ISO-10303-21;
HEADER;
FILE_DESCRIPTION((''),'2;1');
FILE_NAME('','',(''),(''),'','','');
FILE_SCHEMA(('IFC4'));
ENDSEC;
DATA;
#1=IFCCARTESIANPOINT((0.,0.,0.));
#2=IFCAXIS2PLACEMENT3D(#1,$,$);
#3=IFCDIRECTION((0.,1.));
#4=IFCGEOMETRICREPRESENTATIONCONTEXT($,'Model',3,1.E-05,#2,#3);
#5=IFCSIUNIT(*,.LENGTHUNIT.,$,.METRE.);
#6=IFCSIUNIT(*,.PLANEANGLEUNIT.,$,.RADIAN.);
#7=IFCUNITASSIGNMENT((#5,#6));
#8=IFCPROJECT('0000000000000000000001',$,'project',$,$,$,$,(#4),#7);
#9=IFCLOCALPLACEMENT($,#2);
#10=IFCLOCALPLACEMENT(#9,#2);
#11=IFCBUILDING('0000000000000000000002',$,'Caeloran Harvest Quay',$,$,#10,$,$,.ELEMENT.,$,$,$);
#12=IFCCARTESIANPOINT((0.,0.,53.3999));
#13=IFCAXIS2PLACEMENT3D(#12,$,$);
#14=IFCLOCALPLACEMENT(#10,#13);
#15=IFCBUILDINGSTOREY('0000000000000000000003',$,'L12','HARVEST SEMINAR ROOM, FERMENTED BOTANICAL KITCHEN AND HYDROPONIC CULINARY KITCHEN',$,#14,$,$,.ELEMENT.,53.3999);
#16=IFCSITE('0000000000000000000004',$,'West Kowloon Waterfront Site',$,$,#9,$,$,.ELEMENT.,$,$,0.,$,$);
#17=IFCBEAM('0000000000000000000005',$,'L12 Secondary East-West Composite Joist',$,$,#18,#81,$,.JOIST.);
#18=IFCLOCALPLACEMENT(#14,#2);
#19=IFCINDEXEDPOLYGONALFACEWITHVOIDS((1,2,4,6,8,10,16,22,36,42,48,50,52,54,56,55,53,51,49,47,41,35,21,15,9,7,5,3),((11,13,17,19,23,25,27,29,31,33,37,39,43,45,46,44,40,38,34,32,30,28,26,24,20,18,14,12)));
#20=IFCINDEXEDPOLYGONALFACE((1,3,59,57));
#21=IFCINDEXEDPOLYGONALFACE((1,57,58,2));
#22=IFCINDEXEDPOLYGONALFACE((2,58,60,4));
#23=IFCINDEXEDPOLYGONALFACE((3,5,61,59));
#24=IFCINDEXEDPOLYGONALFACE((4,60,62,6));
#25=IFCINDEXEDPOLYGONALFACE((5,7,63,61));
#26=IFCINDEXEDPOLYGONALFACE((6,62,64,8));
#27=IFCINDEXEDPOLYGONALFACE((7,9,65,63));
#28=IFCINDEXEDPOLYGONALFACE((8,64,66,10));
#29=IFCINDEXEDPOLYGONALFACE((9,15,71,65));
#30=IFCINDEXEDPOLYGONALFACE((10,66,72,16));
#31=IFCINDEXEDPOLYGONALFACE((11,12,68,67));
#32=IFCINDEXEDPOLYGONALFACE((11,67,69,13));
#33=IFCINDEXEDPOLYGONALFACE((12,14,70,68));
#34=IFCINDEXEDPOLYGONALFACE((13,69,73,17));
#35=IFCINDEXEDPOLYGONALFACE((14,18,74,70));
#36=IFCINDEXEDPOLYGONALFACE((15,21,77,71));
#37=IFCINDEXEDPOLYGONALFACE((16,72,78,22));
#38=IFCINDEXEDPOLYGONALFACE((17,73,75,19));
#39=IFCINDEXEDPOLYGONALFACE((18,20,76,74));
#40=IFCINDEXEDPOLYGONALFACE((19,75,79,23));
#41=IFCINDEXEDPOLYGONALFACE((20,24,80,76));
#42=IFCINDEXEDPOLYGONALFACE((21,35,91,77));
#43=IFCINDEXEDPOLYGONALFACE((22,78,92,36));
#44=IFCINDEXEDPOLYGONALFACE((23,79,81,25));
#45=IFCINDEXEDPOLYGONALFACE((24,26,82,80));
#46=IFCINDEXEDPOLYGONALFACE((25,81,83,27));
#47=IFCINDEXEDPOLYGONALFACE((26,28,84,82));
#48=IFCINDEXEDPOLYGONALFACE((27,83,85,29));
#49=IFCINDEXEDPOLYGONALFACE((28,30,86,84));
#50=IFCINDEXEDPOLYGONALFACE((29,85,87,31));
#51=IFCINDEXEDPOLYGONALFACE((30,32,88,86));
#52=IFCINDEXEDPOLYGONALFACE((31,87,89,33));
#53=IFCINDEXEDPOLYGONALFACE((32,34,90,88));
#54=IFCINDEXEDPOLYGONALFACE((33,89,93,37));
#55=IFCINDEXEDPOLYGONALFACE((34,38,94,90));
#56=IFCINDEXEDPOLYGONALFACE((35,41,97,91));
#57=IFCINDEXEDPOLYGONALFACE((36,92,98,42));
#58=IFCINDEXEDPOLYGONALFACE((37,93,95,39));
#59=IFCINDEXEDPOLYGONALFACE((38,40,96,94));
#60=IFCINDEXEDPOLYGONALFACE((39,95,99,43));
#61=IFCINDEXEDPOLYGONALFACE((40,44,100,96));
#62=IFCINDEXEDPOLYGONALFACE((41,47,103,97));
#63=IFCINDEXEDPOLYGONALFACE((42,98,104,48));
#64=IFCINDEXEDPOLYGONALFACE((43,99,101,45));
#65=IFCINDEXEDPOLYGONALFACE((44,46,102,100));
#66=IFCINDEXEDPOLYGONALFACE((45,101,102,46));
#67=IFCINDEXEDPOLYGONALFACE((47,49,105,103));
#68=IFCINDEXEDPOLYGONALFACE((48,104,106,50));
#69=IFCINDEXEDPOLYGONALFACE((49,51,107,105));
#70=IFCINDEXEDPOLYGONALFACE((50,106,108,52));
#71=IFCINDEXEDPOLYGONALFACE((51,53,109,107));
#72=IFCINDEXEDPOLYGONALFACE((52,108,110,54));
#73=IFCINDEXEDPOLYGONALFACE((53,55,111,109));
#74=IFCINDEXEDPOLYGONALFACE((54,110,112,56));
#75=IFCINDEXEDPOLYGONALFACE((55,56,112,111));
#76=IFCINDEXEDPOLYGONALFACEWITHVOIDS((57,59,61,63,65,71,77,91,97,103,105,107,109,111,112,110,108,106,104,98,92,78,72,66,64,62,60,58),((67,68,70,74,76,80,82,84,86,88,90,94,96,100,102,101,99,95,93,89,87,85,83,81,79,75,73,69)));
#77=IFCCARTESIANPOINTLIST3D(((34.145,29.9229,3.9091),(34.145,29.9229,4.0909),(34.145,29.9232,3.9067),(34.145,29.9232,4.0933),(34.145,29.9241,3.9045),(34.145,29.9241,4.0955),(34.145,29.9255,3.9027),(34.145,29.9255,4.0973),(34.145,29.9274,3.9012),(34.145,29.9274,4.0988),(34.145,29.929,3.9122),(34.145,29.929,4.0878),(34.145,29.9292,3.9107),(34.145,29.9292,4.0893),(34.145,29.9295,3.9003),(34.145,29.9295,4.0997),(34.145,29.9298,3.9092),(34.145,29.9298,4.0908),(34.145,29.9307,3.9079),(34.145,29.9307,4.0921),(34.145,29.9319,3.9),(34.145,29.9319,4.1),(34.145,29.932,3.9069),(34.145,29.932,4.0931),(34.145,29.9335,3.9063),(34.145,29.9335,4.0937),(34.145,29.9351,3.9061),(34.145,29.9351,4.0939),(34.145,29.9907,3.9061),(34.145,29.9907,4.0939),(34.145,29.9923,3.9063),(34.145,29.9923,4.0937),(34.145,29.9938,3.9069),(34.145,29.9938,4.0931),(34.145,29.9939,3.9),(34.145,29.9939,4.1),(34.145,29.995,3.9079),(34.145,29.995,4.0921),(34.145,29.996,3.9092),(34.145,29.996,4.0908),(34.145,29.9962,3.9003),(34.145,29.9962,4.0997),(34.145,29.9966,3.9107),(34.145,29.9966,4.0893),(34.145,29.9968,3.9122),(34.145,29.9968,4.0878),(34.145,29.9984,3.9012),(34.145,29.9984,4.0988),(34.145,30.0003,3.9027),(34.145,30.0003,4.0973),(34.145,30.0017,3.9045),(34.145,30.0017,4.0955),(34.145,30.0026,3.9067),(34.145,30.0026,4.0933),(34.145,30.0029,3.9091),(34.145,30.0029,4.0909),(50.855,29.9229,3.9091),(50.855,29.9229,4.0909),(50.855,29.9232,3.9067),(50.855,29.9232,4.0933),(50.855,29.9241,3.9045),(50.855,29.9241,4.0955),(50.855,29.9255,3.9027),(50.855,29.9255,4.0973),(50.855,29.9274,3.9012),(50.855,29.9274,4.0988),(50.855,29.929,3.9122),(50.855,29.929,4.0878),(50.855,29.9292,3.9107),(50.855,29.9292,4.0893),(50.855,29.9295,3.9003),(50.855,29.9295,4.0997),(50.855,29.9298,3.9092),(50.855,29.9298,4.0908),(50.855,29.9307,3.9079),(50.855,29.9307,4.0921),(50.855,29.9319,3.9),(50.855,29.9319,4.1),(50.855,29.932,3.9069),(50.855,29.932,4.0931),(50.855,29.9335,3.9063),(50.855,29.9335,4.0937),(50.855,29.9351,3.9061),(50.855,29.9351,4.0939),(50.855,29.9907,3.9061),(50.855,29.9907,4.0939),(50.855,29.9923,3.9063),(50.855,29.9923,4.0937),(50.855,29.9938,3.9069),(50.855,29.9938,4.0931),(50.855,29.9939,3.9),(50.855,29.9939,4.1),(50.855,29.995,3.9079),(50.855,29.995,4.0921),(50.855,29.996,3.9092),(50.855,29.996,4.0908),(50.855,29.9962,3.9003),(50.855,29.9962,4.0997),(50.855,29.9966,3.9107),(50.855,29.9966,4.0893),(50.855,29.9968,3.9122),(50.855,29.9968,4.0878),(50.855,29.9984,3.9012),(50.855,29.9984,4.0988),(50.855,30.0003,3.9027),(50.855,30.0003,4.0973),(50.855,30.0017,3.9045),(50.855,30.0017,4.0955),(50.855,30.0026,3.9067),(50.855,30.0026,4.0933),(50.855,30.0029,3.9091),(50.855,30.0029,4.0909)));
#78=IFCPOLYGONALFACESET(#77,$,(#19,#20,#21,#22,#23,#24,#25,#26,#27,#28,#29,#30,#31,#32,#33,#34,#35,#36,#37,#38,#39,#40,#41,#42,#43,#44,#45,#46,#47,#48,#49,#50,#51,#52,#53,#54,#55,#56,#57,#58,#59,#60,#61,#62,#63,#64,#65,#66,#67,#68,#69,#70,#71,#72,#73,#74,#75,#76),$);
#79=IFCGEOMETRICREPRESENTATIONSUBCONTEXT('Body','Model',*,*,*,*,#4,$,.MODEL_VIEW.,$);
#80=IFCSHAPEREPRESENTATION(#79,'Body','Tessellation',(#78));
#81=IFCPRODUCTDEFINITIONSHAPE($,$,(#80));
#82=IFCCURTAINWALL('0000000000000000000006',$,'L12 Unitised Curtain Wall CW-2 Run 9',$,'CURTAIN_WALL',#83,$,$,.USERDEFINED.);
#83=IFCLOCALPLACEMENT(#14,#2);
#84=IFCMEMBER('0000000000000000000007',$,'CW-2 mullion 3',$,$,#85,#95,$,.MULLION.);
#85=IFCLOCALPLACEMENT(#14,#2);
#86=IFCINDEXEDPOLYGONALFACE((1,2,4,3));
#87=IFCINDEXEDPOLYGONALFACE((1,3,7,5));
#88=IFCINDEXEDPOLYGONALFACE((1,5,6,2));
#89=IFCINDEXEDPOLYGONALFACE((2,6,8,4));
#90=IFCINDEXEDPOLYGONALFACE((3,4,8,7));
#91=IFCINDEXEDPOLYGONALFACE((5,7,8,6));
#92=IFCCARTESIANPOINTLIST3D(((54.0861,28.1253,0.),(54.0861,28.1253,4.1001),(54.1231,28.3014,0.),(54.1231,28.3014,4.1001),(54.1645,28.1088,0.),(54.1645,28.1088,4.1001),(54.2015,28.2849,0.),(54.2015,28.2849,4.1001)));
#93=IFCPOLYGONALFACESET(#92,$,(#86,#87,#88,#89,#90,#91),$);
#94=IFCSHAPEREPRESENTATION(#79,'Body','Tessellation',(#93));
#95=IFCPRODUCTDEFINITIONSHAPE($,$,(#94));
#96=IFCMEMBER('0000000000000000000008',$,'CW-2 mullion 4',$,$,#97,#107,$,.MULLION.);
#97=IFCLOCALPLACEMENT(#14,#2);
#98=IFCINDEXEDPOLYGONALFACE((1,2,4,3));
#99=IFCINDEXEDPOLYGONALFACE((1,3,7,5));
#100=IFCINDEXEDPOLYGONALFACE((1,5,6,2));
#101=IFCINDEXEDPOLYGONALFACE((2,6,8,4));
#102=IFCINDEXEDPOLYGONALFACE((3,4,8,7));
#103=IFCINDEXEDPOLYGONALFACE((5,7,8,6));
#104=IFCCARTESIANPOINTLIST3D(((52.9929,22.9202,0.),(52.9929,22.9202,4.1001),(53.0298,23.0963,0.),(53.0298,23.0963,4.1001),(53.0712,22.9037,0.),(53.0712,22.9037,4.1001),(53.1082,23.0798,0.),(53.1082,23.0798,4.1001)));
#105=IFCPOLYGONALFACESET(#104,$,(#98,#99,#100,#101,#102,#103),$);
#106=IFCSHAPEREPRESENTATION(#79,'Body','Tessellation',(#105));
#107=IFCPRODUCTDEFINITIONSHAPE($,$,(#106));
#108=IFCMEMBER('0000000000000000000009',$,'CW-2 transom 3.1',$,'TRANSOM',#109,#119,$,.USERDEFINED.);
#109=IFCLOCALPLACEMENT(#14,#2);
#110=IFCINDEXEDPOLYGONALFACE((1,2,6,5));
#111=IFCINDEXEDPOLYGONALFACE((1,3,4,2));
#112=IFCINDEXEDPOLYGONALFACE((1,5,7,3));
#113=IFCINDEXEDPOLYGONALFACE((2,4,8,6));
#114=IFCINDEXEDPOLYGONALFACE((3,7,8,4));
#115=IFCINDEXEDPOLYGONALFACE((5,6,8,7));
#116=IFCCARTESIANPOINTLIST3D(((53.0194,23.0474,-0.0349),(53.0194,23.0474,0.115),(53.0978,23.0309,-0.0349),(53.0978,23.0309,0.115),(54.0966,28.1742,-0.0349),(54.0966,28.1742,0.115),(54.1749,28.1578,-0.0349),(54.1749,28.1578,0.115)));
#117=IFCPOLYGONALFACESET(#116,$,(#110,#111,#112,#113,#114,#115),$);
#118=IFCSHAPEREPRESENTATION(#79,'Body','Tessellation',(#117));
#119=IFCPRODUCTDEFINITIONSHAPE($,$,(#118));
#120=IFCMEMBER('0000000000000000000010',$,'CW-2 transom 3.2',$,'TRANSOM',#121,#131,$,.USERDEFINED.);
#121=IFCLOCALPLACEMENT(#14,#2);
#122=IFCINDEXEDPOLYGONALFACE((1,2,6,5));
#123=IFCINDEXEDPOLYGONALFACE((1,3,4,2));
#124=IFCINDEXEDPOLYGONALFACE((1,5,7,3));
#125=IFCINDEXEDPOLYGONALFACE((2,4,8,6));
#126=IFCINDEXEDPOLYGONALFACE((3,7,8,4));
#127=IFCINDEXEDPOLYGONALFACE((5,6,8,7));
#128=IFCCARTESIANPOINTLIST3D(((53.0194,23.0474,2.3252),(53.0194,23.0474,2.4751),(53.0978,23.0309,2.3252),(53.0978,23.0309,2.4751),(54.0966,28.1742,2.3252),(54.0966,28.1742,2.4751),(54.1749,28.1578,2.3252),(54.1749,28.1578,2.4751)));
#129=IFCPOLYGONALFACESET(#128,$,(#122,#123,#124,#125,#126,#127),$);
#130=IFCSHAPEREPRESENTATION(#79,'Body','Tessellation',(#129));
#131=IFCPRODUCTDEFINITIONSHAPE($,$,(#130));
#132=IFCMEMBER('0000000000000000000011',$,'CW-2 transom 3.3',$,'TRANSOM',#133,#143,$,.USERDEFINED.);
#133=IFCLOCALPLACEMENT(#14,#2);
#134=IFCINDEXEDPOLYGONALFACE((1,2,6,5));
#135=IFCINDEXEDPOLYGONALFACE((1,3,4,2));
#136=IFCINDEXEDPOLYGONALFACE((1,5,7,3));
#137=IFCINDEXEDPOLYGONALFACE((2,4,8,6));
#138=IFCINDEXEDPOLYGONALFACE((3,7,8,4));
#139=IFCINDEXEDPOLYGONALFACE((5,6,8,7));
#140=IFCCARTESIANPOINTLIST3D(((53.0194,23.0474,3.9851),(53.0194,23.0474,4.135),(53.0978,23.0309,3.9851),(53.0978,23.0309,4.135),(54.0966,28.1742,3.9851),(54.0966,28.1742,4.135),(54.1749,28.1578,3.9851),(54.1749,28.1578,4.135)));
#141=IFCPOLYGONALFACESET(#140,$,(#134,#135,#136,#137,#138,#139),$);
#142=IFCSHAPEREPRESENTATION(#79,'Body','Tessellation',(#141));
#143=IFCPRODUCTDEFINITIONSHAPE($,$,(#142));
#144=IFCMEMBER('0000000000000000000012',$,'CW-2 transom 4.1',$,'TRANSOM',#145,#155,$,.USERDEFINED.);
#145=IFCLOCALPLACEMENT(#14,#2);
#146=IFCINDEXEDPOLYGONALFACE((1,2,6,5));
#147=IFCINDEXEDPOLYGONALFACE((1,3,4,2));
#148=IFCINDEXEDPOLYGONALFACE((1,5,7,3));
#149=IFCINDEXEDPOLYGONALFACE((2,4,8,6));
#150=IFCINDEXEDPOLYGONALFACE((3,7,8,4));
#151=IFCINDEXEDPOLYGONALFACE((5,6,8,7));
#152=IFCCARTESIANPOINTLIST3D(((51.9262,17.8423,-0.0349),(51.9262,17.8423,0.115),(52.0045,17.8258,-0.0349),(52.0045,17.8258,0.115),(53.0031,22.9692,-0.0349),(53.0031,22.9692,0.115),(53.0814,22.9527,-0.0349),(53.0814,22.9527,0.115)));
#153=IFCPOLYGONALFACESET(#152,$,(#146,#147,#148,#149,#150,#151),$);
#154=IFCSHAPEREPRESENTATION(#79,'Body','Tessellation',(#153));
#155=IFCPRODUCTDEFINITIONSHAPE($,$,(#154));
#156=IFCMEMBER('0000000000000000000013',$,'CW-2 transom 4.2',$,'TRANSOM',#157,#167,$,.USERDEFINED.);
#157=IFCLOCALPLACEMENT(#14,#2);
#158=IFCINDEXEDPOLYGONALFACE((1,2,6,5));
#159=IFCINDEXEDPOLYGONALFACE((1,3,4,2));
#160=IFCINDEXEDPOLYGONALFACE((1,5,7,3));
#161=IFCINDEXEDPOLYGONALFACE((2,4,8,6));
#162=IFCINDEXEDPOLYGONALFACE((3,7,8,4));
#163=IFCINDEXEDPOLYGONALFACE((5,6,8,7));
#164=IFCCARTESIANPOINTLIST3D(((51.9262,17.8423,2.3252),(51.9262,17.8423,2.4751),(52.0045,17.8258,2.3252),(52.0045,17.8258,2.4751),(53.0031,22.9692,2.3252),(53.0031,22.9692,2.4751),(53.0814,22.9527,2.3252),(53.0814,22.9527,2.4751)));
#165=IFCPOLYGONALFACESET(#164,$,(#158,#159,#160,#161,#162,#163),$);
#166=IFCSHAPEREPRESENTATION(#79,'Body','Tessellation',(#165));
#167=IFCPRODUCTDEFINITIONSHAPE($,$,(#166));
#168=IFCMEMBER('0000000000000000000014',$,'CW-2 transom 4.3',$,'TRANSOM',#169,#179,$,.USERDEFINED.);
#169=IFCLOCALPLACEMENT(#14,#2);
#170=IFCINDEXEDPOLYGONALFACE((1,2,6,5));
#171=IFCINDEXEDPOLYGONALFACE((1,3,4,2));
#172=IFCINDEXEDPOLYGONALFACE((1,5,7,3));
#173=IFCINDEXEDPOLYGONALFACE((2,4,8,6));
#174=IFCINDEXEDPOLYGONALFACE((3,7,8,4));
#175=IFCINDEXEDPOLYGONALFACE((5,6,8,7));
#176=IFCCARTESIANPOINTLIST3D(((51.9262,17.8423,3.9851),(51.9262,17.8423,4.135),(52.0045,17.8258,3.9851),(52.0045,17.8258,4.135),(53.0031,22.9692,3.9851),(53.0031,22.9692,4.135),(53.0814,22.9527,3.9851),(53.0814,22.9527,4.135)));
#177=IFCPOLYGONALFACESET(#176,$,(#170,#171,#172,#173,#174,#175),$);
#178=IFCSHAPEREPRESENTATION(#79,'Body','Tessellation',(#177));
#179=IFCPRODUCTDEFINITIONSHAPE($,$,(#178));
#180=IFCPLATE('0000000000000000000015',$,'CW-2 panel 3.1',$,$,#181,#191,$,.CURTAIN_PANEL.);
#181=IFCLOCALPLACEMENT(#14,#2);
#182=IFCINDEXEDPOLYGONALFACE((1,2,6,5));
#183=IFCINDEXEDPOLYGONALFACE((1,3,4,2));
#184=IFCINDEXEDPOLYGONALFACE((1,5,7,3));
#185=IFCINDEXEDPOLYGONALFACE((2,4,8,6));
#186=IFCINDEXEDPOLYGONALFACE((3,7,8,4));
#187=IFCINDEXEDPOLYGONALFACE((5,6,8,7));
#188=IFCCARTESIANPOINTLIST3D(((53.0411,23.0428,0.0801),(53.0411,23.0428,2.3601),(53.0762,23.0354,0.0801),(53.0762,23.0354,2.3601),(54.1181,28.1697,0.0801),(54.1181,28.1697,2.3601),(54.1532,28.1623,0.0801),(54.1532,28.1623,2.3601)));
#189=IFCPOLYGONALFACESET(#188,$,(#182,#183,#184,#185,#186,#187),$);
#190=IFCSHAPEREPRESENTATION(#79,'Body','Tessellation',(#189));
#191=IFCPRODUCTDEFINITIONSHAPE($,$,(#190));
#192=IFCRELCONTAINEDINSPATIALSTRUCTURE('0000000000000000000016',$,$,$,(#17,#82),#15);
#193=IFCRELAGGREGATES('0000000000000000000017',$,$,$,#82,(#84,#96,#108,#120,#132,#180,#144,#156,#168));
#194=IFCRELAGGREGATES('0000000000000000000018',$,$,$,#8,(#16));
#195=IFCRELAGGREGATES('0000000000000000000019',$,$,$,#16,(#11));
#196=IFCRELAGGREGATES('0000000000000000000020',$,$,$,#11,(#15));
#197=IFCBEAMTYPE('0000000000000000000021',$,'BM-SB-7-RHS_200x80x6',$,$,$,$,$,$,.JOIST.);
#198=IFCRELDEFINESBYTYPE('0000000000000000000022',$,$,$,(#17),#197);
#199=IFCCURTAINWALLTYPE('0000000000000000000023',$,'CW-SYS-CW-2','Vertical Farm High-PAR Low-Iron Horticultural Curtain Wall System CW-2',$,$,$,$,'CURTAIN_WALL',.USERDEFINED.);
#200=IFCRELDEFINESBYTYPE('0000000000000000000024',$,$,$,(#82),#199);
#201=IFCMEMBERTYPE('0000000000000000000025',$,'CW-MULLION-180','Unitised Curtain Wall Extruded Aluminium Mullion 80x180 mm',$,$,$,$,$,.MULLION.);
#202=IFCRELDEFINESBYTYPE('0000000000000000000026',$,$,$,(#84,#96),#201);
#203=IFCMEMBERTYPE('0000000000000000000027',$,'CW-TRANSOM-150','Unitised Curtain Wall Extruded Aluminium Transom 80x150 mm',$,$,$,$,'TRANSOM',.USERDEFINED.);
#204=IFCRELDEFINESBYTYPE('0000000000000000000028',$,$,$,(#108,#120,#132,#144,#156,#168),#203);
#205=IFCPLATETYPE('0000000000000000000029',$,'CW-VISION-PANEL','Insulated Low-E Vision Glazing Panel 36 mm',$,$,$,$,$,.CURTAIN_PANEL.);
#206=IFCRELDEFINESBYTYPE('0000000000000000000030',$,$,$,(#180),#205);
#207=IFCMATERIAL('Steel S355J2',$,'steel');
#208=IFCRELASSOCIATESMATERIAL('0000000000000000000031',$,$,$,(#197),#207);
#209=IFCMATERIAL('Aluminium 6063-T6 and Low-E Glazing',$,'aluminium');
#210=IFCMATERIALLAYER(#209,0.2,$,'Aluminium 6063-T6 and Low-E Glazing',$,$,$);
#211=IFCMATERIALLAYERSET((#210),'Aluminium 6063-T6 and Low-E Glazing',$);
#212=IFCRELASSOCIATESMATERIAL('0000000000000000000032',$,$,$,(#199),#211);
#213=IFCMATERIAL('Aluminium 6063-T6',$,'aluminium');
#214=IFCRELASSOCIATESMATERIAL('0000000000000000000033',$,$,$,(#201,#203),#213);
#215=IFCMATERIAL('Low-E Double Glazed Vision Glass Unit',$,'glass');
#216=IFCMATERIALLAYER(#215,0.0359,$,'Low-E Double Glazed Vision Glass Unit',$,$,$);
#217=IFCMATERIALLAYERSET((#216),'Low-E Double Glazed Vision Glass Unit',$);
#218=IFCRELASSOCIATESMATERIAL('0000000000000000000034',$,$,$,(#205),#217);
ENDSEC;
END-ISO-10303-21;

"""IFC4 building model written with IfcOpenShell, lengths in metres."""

from ifc_helpers import new_model, si_unit, direction, frame, origin, origin_2d, place, context, subcontext, project, spatial, rectangle, hollow_rectangle, extrude, material, layer, layer_set, material_profile, profile_set, type_object, element, aggregate, save


model = new_model("IFC4")

# Units and contexts
model_context = context("Model", 3, precision=1e-05, world=origin(), true_north=direction((0.0, 1.0)))
body_context = subcontext(model_context, "Body", "Model", "MODEL_VIEW")
ifc_project = project(units=[si_unit("LENGTHUNIT", "METRE"), si_unit("PLANEANGLEUNIT", "RADIAN")], contexts=[model_context])

# Site, building, storey
site_placement = place(None, origin())
site = spatial("IfcSite", under=ifc_project, at=site_placement, Name="West Kowloon Waterfront Site", CompositionType="ELEMENT", RefElevation=0.0)
building_placement = place(site_placement, origin())
building = spatial("IfcBuilding", under=site, at=building_placement, Name="Caeloran Harvest Quay", CompositionType="ELEMENT")
storey_placement = place(building_placement, frame((0.0, 0.0, 53.3999)))
storey = spatial("IfcBuildingStorey", under=building, at=storey_placement, Name="L12", Description="HARVEST SEMINAR ROOM, FERMENTED BOTANICAL KITCHEN AND HYDROPONIC CULINARY KITCHEN", CompositionType="ELEMENT", Elevation=53.3999)

# Beam
ifc_material_1 = material(Name="Steel S355J2", Category="steel")
ifc_material_profile_1 = material_profile(ifc_material_1, hollow_rectangle(XDim=0.0801, YDim=0.2, WallThickness=0.0061, InnerFilletRadius=0.0061, OuterFilletRadius=0.009, at=origin_2d()), Name="RHS 200x80x6")
ifc_profile_set_1 = profile_set([ifc_material_profile_1], Name="Steel S355J2")
beam_type_1 = type_object("IfcBeamType", Name="BM-SB-7-RHS_200x80x6", PredefinedType="JOIST", material=ifc_profile_set_1)
for number, where, z_axis, x_axis, name in (
    (1, (34.145, 29.9629, 4.0), (1.0, 0.0, 0.0), (0.0, 1.0, 0.0), "L12 Secondary East-West Composite Joist"),
):
    element("IfcBeam", number, at=place(storey_placement, frame(where, z_axis=z_axis, x_axis=x_axis)), inside=storey, type_object=beam_type_1, Name=name, PredefinedType="JOIST", context=body_context, shape_type="SweptSolid", body=[
        extrude(hollow_rectangle(XDim=0.0801, YDim=0.2, WallThickness=0.0061, InnerFilletRadius=0.0061, OuterFilletRadius=0.009, at=origin_2d()), origin(), (0.0, 0.0, 1.0), 16.71),
    ])

# Curtain wall, members, plate
ifc_material_2 = material(Name="Aluminium 6063-T6 and Low-E Glazing", Category="aluminium")
ifc_layer_1 = layer(ifc_material_2, 0.2, Name="Aluminium 6063-T6 and Low-E Glazing")
ifc_layer_set_1 = layer_set([ifc_layer_1], Name="Aluminium 6063-T6 and Low-E Glazing")
curtain_wall_type = type_object("IfcCurtainWallType", Name="CW-SYS-CW-2", Description="Vertical Farm High-PAR Low-Iron Horticultural Curtain Wall System CW-2", ElementType="CURTAIN_WALL", PredefinedType="USERDEFINED", material=ifc_layer_set_1)
curtain_wall_placement = place(storey_placement, origin())
curtain_wall = element("IfcCurtainWall", 2, at=curtain_wall_placement, inside=storey, type_object=curtain_wall_type, Name="L12 Unitised Curtain Wall CW-2 Run 9", ObjectType="CURTAIN_WALL", PredefinedType="USERDEFINED")
ifc_material_3 = material(Name="Aluminium 6063-T6", Category="aluminium")
ifc_material_profile_2 = material_profile(ifc_material_3, rectangle(XDim=0.0801, YDim=0.1799, at=origin_2d()), Name="CW-MULLION-180")
ifc_profile_set_2 = profile_set([ifc_material_profile_2], Name="Aluminium 6063-T6")
member_type_1 = type_object("IfcMemberType", Name="CW-MULLION-180", Description="Unitised Curtain Wall Extruded Aluminium Mullion 80x180 mm", PredefinedType="MULLION", material=ifc_profile_set_2)
member_1_placement = place(storey_placement, frame((54.1438, 28.2051, 0.0), z_axis=(0.0, 0.0, 1.0), x_axis=(0.97864, -0.205583, 0.0)))
member_1 = element("IfcMember", 3, at=member_1_placement, type_object=member_type_1, Name="CW-2 mullion 3", PredefinedType="MULLION", context=body_context, shape_type="SweptSolid", body=[
    extrude(rectangle(XDim=0.0801, YDim=0.1799, at=origin_2d()), origin(), (0.0, 0.0, 1.0), 4.1001),
])
member_2_placement = place(storey_placement, frame((53.0505, 23.0, 0.0), z_axis=(0.0, 0.0, 1.0), x_axis=(0.97864, -0.205583, 0.0)))
member_2 = element("IfcMember", 4, at=member_2_placement, type_object=member_type_1, Name="CW-2 mullion 4", PredefinedType="MULLION", context=body_context, shape_type="SweptSolid", body=[
    extrude(rectangle(XDim=0.0801, YDim=0.1799, at=origin_2d()), origin(), (0.0, 0.0, 1.0), 4.1001),
])
ifc_material_profile_3 = material_profile(ifc_material_3, rectangle(XDim=0.0801, YDim=0.1499, at=origin_2d()), Name="CW-TRANSOM-150")
ifc_profile_set_3 = profile_set([ifc_material_profile_3], Name="Aluminium 6063-T6")
member_type_2 = type_object("IfcMemberType", Name="CW-TRANSOM-150", Description="Unitised Curtain Wall Extruded Aluminium Transom 80x150 mm", ElementType="TRANSOM", PredefinedType="USERDEFINED", material=ifc_profile_set_3)
member_3_placement = place(storey_placement, frame((54.1357, 28.166, 0.04), z_axis=(-0.205607, -0.978635, 0.0), x_axis=(0.978635, -0.205607, 0.0)))
member_3 = element("IfcMember", 5, at=member_3_placement, type_object=member_type_2, Name="CW-2 transom 3.1", ObjectType="TRANSOM", PredefinedType="USERDEFINED", context=body_context, shape_type="SweptSolid", body=[
    extrude(rectangle(XDim=0.0801, YDim=0.1499, at=origin_2d()), origin(), (0.0, 0.0, 1.0), 5.2388),
])
member_4_placement = place(storey_placement, frame((54.1357, 28.166, 2.4001), z_axis=(-0.205607, -0.978635, 0.0), x_axis=(0.978635, -0.205607, 0.0)))
member_4 = element("IfcMember", 6, at=member_4_placement, type_object=member_type_2, Name="CW-2 transom 3.2", ObjectType="TRANSOM", PredefinedType="USERDEFINED", context=body_context, shape_type="SweptSolid", body=[
    extrude(rectangle(XDim=0.0801, YDim=0.1499, at=origin_2d()), origin(), (0.0, 0.0, 1.0), 5.2388),
])
member_5_placement = place(storey_placement, frame((54.1357, 28.166, 4.0601), z_axis=(-0.205607, -0.978635, 0.0), x_axis=(0.978635, -0.205607, 0.0)))
member_5 = element("IfcMember", 7, at=member_5_placement, type_object=member_type_2, Name="CW-2 transom 3.3", ObjectType="TRANSOM", PredefinedType="USERDEFINED", context=body_context, shape_type="SweptSolid", body=[
    extrude(rectangle(XDim=0.0801, YDim=0.1499, at=origin_2d()), origin(), (0.0, 0.0, 1.0), 5.2388),
])
member_6_placement = place(storey_placement, frame((53.0422, 22.9609, 0.04), z_axis=(-0.205562, -0.978644, 0.0), x_axis=(0.978644, -0.205562, 0.0)))
member_6 = element("IfcMember", 8, at=member_6_placement, type_object=member_type_2, Name="CW-2 transom 4.1", ObjectType="TRANSOM", PredefinedType="USERDEFINED", context=body_context, shape_type="SweptSolid", body=[
    extrude(rectangle(XDim=0.0801, YDim=0.1499, at=origin_2d()), origin(), (0.0, 0.0, 1.0), 5.2388),
])
member_7_placement = place(storey_placement, frame((53.0422, 22.9609, 2.4001), z_axis=(-0.205562, -0.978644, 0.0), x_axis=(0.978644, -0.205562, 0.0)))
member_7 = element("IfcMember", 9, at=member_7_placement, type_object=member_type_2, Name="CW-2 transom 4.2", ObjectType="TRANSOM", PredefinedType="USERDEFINED", context=body_context, shape_type="SweptSolid", body=[
    extrude(rectangle(XDim=0.0801, YDim=0.1499, at=origin_2d()), origin(), (0.0, 0.0, 1.0), 5.2388),
])
member_8_placement = place(storey_placement, frame((53.0422, 22.9609, 4.0601), z_axis=(-0.205562, -0.978644, 0.0), x_axis=(0.978644, -0.205562, 0.0)))
member_8 = element("IfcMember", 10, at=member_8_placement, type_object=member_type_2, Name="CW-2 transom 4.3", ObjectType="TRANSOM", PredefinedType="USERDEFINED", context=body_context, shape_type="SweptSolid", body=[
    extrude(rectangle(XDim=0.0801, YDim=0.1499, at=origin_2d()), origin(), (0.0, 0.0, 1.0), 5.2388),
])
ifc_material_4 = material(Name="Low-E Double Glazed Vision Glass Unit", Category="glass")
ifc_layer_2 = layer(ifc_material_4, 0.0359, Name="Low-E Double Glazed Vision Glass Unit")
ifc_layer_set_2 = layer_set([ifc_layer_2], Name="Low-E Double Glazed Vision Glass Unit")
plate_type = type_object("IfcPlateType", Name="CW-VISION-PANEL", Description="Insulated Low-E Vision Glazing Panel 36 mm", PredefinedType="CURTAIN_PANEL", material=ifc_layer_set_2)
plate_1_placement = place(storey_placement, frame((53.5972, 25.6025, 0.0801), z_axis=(0.0, 0.0, 1.0), x_axis=(-0.205583, -0.97864, 0.0)))
plate_1 = element("IfcPlate", 11, at=plate_1_placement, type_object=plate_type, Name="CW-2 panel 3.1", PredefinedType="CURTAIN_PANEL", context=body_context, shape_type="SweptSolid", body=[
    extrude(rectangle(XDim=5.2388, YDim=0.0359, at=origin_2d()), origin(), (0.0, 0.0, 1.0), 2.28),
])
aggregate(curtain_wall, [member_1, member_2, member_3, member_4, member_5, plate_1, member_6, member_7, member_8])

save(model, "model.ifc")
